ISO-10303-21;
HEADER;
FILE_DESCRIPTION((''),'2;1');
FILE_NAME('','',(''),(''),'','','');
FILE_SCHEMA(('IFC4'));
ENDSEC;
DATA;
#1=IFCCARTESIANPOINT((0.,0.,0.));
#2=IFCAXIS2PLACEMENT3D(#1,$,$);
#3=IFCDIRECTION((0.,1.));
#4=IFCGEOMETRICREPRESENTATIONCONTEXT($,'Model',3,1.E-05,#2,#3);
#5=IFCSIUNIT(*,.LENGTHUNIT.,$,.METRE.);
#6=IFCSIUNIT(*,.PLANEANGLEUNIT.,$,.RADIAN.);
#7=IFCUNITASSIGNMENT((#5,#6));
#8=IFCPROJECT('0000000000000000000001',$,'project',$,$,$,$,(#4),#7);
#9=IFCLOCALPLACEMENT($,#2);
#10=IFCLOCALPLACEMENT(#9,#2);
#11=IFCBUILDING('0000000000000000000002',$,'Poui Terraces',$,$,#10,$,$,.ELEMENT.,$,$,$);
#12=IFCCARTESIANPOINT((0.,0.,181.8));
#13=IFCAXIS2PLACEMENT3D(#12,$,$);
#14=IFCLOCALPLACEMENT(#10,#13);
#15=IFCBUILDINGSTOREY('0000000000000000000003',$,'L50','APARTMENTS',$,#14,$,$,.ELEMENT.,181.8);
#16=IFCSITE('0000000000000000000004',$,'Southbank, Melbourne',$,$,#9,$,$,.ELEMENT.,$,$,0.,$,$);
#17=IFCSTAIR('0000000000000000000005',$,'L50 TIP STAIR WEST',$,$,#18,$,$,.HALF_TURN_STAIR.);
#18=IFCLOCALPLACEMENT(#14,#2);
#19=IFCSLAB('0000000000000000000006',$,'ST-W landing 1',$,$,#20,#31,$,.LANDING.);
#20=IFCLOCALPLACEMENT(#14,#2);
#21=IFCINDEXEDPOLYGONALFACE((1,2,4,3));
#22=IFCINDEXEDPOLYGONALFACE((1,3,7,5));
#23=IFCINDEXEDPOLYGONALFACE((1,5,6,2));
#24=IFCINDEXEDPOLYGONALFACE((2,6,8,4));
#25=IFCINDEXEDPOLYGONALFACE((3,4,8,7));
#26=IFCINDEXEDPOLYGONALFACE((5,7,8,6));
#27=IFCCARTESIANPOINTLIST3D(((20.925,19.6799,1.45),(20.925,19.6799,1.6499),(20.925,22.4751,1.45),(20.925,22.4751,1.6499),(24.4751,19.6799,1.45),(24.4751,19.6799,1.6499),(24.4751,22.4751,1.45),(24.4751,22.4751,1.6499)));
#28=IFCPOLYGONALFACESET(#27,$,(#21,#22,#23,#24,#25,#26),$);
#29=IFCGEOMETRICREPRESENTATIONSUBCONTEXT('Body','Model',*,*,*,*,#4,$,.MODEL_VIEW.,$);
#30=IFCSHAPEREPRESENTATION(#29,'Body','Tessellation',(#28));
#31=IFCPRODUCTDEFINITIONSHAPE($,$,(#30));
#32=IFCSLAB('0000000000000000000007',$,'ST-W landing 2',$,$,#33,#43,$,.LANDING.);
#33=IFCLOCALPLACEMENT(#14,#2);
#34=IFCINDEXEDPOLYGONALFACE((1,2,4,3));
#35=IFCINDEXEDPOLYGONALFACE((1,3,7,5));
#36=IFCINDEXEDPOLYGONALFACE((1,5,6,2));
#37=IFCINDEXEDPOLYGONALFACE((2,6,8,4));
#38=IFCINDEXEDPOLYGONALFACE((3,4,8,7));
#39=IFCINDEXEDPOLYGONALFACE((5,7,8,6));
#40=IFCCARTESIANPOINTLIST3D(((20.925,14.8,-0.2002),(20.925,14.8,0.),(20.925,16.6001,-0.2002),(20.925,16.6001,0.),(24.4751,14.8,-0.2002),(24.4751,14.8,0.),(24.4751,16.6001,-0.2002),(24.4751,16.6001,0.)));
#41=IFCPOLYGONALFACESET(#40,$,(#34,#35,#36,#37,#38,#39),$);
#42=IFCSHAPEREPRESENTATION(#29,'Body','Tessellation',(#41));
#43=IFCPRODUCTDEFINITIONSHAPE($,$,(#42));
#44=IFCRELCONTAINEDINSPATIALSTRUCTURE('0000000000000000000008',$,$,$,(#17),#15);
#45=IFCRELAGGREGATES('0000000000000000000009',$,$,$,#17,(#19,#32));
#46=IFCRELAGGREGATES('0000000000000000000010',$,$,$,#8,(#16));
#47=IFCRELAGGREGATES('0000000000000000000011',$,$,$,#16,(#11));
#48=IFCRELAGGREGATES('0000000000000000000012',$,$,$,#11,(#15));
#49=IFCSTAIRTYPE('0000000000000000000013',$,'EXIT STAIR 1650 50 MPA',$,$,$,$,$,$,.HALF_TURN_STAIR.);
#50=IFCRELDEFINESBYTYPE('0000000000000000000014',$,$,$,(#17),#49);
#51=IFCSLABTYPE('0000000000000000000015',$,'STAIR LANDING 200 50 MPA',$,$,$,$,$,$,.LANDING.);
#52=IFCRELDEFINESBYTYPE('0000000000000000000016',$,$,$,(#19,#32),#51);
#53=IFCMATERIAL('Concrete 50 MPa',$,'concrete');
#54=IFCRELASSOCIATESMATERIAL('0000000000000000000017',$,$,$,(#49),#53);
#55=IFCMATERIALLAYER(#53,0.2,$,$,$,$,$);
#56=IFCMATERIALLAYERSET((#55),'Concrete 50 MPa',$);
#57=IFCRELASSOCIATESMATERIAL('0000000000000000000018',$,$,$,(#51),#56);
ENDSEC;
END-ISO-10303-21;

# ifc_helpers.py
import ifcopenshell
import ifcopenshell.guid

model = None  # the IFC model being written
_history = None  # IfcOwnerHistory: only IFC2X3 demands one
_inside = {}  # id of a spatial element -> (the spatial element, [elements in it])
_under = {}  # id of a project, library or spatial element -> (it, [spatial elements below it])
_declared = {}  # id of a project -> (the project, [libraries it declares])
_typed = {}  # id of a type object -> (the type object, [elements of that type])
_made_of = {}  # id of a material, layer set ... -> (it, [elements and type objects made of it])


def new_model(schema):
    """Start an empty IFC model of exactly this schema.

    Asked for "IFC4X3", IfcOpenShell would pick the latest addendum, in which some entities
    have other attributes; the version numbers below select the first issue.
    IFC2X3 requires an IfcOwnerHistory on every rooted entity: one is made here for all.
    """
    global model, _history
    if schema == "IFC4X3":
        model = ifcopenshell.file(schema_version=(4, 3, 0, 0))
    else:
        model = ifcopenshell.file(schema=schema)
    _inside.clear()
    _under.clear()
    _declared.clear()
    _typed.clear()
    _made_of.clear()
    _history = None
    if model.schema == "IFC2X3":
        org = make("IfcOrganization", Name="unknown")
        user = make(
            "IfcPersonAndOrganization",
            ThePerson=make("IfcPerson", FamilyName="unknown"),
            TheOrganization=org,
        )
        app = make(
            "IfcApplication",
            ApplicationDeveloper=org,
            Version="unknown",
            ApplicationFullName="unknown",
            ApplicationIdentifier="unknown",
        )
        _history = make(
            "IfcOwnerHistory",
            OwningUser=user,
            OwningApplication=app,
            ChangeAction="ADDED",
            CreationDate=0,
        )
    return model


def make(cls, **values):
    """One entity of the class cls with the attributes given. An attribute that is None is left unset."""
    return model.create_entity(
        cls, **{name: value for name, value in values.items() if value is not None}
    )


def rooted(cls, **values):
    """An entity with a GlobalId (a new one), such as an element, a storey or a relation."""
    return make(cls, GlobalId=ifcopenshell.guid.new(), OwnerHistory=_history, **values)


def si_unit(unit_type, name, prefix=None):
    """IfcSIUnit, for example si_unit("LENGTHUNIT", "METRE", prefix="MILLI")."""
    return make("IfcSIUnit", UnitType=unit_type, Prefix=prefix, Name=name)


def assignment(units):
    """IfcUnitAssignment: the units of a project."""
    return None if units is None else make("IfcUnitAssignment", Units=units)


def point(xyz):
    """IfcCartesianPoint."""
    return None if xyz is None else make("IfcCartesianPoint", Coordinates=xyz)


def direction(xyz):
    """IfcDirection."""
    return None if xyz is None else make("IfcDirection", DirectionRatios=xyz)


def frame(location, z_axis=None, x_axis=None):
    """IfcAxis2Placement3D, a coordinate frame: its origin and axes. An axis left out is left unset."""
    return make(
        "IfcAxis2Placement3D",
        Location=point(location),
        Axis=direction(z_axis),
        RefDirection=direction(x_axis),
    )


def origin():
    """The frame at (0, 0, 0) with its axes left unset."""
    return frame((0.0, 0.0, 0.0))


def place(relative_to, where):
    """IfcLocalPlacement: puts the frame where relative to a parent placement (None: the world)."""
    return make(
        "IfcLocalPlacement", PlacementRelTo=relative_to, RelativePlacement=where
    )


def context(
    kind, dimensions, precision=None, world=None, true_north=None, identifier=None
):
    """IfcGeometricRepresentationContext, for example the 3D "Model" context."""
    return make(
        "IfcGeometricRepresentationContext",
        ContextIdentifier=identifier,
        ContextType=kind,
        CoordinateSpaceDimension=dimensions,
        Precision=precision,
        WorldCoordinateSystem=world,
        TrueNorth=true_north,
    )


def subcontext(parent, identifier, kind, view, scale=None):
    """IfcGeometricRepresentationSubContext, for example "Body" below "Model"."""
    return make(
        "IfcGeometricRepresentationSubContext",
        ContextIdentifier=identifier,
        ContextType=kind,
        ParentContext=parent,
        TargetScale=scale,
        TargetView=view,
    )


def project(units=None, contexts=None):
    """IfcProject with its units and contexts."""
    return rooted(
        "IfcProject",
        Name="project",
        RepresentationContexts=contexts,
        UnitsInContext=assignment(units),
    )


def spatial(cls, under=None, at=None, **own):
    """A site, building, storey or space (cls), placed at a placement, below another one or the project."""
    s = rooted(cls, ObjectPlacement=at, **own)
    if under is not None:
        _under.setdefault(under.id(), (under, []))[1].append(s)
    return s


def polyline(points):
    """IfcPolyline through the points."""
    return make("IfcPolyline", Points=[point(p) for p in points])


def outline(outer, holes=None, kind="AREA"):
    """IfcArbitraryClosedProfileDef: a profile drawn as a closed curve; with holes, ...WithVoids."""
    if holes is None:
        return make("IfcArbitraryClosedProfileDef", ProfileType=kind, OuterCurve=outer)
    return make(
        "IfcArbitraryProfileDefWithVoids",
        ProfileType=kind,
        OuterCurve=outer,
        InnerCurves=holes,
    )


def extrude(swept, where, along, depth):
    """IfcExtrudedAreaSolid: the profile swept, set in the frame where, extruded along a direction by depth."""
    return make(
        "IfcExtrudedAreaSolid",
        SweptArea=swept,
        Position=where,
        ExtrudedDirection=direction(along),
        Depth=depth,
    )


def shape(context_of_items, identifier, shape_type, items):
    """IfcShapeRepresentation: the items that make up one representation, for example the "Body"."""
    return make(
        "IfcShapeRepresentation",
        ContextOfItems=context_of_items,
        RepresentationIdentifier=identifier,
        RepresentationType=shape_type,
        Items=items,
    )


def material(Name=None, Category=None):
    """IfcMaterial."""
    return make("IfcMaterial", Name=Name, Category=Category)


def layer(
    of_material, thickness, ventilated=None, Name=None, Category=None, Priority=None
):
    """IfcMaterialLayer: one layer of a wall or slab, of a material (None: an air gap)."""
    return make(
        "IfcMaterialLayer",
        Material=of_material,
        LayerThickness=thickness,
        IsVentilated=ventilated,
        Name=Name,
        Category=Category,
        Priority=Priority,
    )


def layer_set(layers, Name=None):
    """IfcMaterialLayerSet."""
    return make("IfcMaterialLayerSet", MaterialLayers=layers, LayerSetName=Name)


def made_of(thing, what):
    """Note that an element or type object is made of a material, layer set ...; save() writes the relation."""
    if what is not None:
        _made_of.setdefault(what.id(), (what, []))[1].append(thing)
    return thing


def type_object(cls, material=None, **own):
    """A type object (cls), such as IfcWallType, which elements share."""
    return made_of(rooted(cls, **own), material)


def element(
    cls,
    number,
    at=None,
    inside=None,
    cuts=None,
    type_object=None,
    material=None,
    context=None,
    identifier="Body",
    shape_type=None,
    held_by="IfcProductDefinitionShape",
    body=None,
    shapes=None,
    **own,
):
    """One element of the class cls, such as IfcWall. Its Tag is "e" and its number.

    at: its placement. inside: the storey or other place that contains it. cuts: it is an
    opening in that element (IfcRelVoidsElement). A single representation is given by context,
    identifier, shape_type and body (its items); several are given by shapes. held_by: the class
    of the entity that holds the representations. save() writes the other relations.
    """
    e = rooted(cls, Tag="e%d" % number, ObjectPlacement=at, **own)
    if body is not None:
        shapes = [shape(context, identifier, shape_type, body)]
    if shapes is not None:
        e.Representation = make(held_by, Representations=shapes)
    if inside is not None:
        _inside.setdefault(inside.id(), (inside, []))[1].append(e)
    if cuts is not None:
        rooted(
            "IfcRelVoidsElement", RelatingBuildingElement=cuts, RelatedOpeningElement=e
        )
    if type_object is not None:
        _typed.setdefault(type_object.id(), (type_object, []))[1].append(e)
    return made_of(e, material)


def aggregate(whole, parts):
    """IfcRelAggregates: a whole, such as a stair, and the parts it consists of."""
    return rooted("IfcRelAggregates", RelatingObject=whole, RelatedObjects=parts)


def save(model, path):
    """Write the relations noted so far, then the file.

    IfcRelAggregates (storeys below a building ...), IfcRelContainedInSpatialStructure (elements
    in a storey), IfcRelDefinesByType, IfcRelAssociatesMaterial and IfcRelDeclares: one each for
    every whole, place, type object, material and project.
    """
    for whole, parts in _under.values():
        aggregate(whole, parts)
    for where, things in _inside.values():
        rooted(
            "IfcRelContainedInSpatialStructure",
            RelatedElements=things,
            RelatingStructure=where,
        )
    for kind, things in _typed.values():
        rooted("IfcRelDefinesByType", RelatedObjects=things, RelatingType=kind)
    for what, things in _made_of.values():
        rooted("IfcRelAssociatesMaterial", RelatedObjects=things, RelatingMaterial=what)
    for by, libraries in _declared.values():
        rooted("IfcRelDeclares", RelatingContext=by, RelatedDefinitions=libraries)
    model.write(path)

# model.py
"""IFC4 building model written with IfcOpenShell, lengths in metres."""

from ifc_helpers import new_model, si_unit, direction, frame, origin, place, context, subcontext, project, spatial, polyline, outline, extrude, material, layer, layer_set, type_object, element, aggregate, save


model = new_model("IFC4")

# Units and contexts
model_context = context("Model", 3, precision=1e-05, world=origin(), true_north=direction((0.0, 1.0)))
body_context = subcontext(model_context, "Body", "Model", "MODEL_VIEW")
ifc_project = project(units=[si_unit("LENGTHUNIT", "METRE"), si_unit("PLANEANGLEUNIT", "RADIAN")], contexts=[model_context])

# Site, building, storey
site_placement = place(None, origin())
site = spatial("IfcSite", under=ifc_project, at=site_placement, Name="Southbank, Melbourne", CompositionType="ELEMENT", RefElevation=0.0)
building_placement = place(site_placement, origin())
building = spatial("IfcBuilding", under=site, at=building_placement, Name="Poui Terraces", CompositionType="ELEMENT")
storey_placement = place(building_placement, frame((0.0, 0.0, 181.8)))
storey = spatial("IfcBuildingStorey", under=building, at=storey_placement, Name="L50", Description="APARTMENTS", CompositionType="ELEMENT", Elevation=181.8)

# Stair, slabs
ifc_material = material(Name="Concrete 50 MPa", Category="concrete")
stair_type = type_object("IfcStairType", Name="EXIT STAIR 1650 50 MPA", PredefinedType="HALF_TURN_STAIR", material=ifc_material)
stair_placement = place(storey_placement, origin())
stair = element("IfcStair", 1, at=stair_placement, inside=storey, type_object=stair_type, Name="L50 TIP STAIR WEST", PredefinedType="HALF_TURN_STAIR")
ifc_layer = layer(ifc_material, 0.2)
ifc_layer_set = layer_set([ifc_layer], Name="Concrete 50 MPa")
slab_type = type_object("IfcSlabType", Name="STAIR LANDING 200 50 MPA", PredefinedType="LANDING", material=ifc_layer_set)
slab_1_placement = place(storey_placement, frame((0.0, 0.0, 1.45)))
slab_1 = element("IfcSlab", 2, at=slab_1_placement, type_object=slab_type, Name="ST-W landing 1", PredefinedType="LANDING", context=body_context, shape_type="SweptSolid", body=[
    extrude(outline(polyline([(20.925, 19.6799), (24.4751, 19.6799), (24.4751, 22.4751), (20.925, 22.4751), (20.925, 19.6799)])), origin(), (0.0, 0.0, 1.0), 0.2),
])
slab_2_placement = place(storey_placement, frame((0.0, 0.0, -0.2002)))
slab_2 = element("IfcSlab", 3, at=slab_2_placement, type_object=slab_type, Name="ST-W landing 2", PredefinedType="LANDING", context=body_context, shape_type="SweptSolid", body=[
    extrude(outline(polyline([(20.925, 14.8), (24.4751, 14.8), (24.4751, 16.6001), (20.925, 16.6001), (20.925, 14.8)])), origin(), (0.0, 0.0, 1.0), 0.2002),
])
aggregate(stair, [slab_1, slab_2])

save(model, "model.ifc")
